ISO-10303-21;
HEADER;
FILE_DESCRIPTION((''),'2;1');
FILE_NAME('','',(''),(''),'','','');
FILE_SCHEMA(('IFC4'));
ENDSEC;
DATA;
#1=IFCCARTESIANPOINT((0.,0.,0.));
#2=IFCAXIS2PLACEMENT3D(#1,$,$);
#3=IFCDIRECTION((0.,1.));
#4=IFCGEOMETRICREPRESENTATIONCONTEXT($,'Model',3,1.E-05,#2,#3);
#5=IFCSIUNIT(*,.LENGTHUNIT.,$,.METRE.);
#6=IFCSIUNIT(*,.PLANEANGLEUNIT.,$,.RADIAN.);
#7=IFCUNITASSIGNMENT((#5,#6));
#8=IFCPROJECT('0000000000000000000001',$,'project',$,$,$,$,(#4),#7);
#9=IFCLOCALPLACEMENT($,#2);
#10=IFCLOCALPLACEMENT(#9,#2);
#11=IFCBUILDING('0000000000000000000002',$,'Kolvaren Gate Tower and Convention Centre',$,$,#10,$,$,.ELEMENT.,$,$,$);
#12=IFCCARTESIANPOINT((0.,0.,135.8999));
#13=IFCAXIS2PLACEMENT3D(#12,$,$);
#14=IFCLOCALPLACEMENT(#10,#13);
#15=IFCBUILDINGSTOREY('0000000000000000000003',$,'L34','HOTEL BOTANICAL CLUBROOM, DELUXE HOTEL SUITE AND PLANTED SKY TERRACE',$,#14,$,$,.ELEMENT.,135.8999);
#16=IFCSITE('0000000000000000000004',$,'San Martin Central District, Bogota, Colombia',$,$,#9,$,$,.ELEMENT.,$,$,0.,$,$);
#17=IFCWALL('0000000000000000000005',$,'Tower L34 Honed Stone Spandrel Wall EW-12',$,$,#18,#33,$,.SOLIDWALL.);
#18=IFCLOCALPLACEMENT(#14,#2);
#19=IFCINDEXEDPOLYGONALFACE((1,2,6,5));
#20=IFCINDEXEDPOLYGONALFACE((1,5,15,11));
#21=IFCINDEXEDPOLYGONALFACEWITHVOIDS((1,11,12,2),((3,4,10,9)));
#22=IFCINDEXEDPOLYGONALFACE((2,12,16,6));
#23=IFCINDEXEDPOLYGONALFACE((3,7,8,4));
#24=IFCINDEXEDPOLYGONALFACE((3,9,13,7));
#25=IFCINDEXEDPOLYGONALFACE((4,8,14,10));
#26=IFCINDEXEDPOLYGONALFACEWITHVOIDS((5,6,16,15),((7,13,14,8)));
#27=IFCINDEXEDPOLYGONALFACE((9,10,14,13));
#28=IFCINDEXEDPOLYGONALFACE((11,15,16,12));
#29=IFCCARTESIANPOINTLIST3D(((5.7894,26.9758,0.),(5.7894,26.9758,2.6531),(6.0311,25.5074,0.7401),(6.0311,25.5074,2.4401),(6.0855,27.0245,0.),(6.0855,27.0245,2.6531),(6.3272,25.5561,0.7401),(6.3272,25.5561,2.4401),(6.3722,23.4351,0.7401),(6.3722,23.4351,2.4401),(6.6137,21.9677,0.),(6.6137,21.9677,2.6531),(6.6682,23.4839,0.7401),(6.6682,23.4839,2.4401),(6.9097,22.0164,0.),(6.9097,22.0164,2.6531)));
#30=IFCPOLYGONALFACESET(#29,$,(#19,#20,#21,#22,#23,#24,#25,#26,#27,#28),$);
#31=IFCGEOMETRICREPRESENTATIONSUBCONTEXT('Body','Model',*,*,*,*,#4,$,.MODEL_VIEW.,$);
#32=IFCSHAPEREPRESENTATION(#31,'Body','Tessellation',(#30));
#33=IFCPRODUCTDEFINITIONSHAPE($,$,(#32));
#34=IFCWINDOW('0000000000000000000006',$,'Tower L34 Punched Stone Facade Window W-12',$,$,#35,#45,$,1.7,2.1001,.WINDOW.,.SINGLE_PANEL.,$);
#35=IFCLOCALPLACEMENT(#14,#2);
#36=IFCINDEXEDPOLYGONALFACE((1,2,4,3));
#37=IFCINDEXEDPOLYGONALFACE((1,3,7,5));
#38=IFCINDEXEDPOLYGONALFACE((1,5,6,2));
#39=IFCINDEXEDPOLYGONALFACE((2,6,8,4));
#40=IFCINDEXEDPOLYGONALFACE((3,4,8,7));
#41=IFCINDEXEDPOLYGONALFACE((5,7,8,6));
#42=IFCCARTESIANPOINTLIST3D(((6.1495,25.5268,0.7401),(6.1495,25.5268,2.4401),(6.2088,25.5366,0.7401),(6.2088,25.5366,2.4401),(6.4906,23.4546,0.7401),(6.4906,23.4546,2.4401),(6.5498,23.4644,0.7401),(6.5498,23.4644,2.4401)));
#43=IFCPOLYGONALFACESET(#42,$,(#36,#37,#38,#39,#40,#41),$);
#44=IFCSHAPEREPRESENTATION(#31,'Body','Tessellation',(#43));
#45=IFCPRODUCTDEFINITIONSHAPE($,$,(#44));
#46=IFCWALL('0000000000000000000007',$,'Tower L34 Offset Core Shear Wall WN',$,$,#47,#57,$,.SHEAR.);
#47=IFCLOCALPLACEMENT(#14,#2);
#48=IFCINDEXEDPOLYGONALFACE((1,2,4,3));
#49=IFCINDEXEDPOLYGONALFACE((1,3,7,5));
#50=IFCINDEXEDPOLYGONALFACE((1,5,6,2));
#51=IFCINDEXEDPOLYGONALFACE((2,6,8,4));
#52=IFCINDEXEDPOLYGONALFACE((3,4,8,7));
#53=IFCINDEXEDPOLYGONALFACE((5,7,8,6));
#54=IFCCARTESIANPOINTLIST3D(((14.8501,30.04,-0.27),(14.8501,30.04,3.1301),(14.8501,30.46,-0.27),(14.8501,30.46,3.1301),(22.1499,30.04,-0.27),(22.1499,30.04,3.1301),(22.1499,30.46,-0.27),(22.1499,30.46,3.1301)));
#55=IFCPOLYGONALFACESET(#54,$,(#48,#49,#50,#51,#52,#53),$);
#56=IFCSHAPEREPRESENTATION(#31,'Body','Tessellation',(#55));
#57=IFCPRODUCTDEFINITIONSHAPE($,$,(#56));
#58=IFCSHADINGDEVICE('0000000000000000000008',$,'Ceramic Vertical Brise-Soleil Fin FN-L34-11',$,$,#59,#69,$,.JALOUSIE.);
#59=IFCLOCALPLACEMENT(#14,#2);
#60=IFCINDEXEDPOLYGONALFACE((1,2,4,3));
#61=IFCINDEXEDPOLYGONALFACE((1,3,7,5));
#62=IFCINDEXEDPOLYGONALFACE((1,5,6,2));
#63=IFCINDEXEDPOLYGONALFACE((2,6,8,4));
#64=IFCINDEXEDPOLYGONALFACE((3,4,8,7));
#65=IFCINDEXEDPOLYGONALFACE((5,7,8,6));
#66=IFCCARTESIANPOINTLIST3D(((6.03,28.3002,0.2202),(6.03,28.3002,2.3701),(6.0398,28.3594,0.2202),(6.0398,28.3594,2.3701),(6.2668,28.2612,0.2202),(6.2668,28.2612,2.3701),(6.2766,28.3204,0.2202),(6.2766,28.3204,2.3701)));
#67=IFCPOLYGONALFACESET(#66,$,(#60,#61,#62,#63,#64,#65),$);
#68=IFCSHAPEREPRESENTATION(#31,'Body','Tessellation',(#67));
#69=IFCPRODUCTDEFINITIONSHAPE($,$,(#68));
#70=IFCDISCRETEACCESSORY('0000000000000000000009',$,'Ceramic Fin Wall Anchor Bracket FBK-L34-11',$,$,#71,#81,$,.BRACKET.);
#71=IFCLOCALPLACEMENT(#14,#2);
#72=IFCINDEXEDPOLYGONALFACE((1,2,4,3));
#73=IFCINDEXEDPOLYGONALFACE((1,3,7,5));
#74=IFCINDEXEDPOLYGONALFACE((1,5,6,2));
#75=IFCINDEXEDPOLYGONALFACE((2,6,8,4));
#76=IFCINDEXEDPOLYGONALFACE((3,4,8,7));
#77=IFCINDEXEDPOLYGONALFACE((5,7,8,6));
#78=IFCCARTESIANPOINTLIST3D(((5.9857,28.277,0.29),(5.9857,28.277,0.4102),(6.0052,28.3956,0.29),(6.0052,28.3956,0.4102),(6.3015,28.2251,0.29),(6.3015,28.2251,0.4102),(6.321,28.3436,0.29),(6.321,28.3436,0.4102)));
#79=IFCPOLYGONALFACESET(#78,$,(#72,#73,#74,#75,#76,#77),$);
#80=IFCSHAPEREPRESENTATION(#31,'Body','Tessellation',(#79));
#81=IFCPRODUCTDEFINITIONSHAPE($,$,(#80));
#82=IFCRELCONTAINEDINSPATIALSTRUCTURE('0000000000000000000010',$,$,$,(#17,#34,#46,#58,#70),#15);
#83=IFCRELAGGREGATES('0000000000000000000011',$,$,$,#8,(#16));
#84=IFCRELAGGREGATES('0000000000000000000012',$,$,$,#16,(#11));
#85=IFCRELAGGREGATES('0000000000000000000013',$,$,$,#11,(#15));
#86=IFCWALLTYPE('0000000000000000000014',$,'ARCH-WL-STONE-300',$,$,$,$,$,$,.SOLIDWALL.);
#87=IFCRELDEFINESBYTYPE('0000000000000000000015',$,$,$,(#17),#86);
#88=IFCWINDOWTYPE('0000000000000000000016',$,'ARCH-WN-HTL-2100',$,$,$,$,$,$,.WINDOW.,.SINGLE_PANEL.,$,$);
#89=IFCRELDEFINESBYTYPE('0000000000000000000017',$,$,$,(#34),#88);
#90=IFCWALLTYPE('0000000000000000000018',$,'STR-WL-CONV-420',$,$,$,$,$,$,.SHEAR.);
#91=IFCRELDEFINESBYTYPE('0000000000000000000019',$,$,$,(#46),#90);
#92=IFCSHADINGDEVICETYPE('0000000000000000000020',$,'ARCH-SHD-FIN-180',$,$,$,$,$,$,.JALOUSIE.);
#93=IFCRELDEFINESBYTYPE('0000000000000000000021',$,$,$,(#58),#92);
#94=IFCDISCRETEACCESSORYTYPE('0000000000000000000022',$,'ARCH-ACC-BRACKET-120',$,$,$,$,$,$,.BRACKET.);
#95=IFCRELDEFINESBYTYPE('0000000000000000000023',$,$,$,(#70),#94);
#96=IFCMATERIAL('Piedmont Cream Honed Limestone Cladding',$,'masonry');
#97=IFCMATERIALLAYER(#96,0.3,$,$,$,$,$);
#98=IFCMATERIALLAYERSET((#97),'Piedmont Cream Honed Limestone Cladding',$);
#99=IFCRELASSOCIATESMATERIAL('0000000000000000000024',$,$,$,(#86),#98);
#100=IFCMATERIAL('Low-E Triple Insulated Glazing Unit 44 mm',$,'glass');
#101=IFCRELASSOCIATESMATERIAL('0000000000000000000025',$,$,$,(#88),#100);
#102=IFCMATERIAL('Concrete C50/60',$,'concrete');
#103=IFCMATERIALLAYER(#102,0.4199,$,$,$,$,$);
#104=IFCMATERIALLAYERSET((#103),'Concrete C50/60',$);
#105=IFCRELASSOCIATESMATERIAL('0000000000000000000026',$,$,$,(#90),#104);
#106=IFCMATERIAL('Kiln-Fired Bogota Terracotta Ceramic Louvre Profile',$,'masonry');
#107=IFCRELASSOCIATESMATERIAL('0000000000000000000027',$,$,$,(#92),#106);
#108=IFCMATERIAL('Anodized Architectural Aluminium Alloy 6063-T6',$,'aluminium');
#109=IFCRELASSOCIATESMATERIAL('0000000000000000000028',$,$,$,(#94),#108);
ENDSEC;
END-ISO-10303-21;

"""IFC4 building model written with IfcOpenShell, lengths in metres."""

from ifc_helpers import new_model, si_unit, direction, frame, frame_2d, origin, origin_2d, place, context, subcontext, project, spatial, rectangle, extrude, material, layer, layer_set, type_object, element, fill, save


model = new_model("IFC4")

# Units and contexts
model_context = context("Model", 3, precision=1e-05, world=origin(), true_north=direction((0.0, 1.0)))
body_context = subcontext(model_context, "Body", "Model", "MODEL_VIEW")
ifc_project = project(units=[si_unit("LENGTHUNIT", "METRE"), si_unit("PLANEANGLEUNIT", "RADIAN")], contexts=[model_context])

# Site, building, storey
site_placement = place(None, origin())
site = spatial("IfcSite", under=ifc_project, at=site_placement, Name="San Martin Central District, Bogota, Colombia", CompositionType="ELEMENT", RefElevation=0.0)
building_placement = place(site_placement, origin())
building = spatial("IfcBuilding", under=site, at=building_placement, Name="Kolvaren Gate Tower and Convention Centre", CompositionType="ELEMENT")
storey_placement = place(building_placement, frame((0.0, 0.0, 135.8999)))
storey = spatial("IfcBuildingStorey", under=building, at=storey_placement, Name="L34", Description="HOTEL BOTANICAL CLUBROOM, DELUXE HOTEL SUITE AND PLANTED SKY TERRACE", CompositionType="ELEMENT", Elevation=135.8999)

# Shared definitions
ifc_material_1 = material(Name="Piedmont Cream Honed Limestone Cladding", Category="masonry")

# Wall, opening, window
ifc_layer_1 = layer(ifc_material_1, 0.3)
ifc_layer_set_1 = layer_set([ifc_layer_1], Name="Piedmont Cream Honed Limestone Cladding")
wall_type_1 = type_object("IfcWallType", Name="ARCH-WL-STONE-300", PredefinedType="SOLIDWALL", material=ifc_layer_set_1)
ifc_material_2 = material(Name="Low-E Triple Insulated Glazing Unit 44 mm", Category="glass")
window_type = type_object("IfcWindowType", Name="ARCH-WN-HTL-2100", PartitioningType="SINGLE_PANEL", PredefinedType="WINDOW", material=ifc_material_2)
wall_1_placement = place(storey_placement, frame((5.9375, 27.0, 0.0), z_axis=(0.0, 0.0, 1.0), x_axis=(0.162394, -0.986726, 0.0)))
wall_1 = element("IfcWall", 1, at=wall_1_placement, inside=storey, type_object=wall_type_1, Name="Tower L34 Honed Stone Spandrel Wall EW-12", PredefinedType="SOLIDWALL", context=body_context, shape_type="SweptSolid", body=[
    extrude(rectangle(XDim=5.0754, YDim=0.3, at=frame_2d((2.5376, 0.0))), origin(), (0.0, 0.0, 1.0), 2.6531),
])
opening_1_placement = place(wall_1_placement, frame((1.488, 0.0, 0.74)))
opening_1 = element("IfcOpeningElement", 2, at=opening_1_placement, cuts=wall_1, PredefinedType="OPENING", context=body_context, shape_type="SweptSolid", body=[
    extrude(rectangle(XDim=2.1001, YDim=1.7, at=frame_2d((1.05, 0.8501))), frame((0.0, 0.1599, 0.0), z_axis=(0.0, -1.0, 0.0), x_axis=(1.0, 0.0, 0.0)), (0.0, 0.0, 1.0), 0.3201),
])
window_1_placement = place(opening_1_placement, origin())
window_1 = element("IfcWindow", 3, at=window_1_placement, inside=storey, type_object=window_type, Name="Tower L34 Punched Stone Facade Window W-12", OverallHeight=1.7, OverallWidth=2.1001, PartitioningType="SINGLE_PANEL", PredefinedType="WINDOW", context=body_context, shape_type="SweptSolid", body=[
    extrude(rectangle(XDim=2.1001, YDim=1.7, at=frame_2d((1.05, 0.8501))), frame((0.0, 0.03, 0.0), z_axis=(0.0, -1.0, 0.0), x_axis=(1.0, 0.0, 0.0)), (0.0, 0.0, 1.0), 0.0601),
])
fill(opening_1, window_1)

# Wall
ifc_material_3 = material(Name="Concrete C50/60", Category="concrete")
ifc_layer_2 = layer(ifc_material_3, 0.4199)
ifc_layer_set_2 = layer_set([ifc_layer_2], Name="Concrete C50/60")
wall_type_2 = type_object("IfcWallType", Name="STR-WL-CONV-420", PredefinedType="SHEAR", material=ifc_layer_set_2)
wall_2_placement = place(storey_placement, frame((14.8501, 30.25, -0.27), z_axis=(0.0, 0.0, 1.0), x_axis=(1.0, 0.0, 0.0)))
element("IfcWall", 4, at=wall_2_placement, inside=storey, type_object=wall_type_2, Name="Tower L34 Offset Core Shear Wall WN", PredefinedType="SHEAR", context=body_context, shape_type="SweptSolid", body=[
    extrude(rectangle(XDim=7.2998, YDim=0.4199, at=frame_2d((3.6499, 0.0))), origin(), (0.0, 0.0, 1.0), 3.4001),
])

# Shading device
ifc_material_4 = material(Name="Kiln-Fired Bogota Terracotta Ceramic Louvre Profile", Category="masonry")
shading_device_type = type_object("IfcShadingDeviceType", Name="ARCH-SHD-FIN-180", PredefinedType="JALOUSIE", material=ifc_material_4)
shading_device_placement = place(storey_placement, frame((6.1533, 28.3103, 0.2202), z_axis=(0.0, 0.0, 1.0), x_axis=(0.162389, 0.986727, 0.0)))
element("IfcShadingDevice", 5, at=shading_device_placement, inside=storey, type_object=shading_device_type, Name="Ceramic Vertical Brise-Soleil Fin FN-L34-11", PredefinedType="JALOUSIE", context=body_context, shape_type="SweptSolid", body=[
    extrude(rectangle(XDim=0.0601, YDim=0.24, at=origin_2d()), origin(), (0.0, 0.0, 1.0), 2.1499),
])

# Discrete accessory
ifc_material_5 = material(Name="Anodized Architectural Aluminium Alloy 6063-T6", Category="aluminium")
discrete_accessory_type = type_object("IfcDiscreteAccessoryType", Name="ARCH-ACC-BRACKET-120", PredefinedType="BRACKET", material=ifc_material_5)
discrete_accessory_placement = place(storey_placement, frame((6.1533, 28.3103, 0.29), z_axis=(0.0, 0.0, 1.0), x_axis=(0.162389, 0.986727, 0.0)))
element("IfcDiscreteAccessory", 6, at=discrete_accessory_placement, inside=storey, type_object=discrete_accessory_type, Name="Ceramic Fin Wall Anchor Bracket FBK-L34-11", PredefinedType="BRACKET", context=body_context, shape_type="SweptSolid", body=[
    extrude(rectangle(XDim=0.1201, YDim=0.3201, at=origin_2d()), origin(), (0.0, 0.0, 1.0), 0.1201),
])

save(model, "model.ifc")
